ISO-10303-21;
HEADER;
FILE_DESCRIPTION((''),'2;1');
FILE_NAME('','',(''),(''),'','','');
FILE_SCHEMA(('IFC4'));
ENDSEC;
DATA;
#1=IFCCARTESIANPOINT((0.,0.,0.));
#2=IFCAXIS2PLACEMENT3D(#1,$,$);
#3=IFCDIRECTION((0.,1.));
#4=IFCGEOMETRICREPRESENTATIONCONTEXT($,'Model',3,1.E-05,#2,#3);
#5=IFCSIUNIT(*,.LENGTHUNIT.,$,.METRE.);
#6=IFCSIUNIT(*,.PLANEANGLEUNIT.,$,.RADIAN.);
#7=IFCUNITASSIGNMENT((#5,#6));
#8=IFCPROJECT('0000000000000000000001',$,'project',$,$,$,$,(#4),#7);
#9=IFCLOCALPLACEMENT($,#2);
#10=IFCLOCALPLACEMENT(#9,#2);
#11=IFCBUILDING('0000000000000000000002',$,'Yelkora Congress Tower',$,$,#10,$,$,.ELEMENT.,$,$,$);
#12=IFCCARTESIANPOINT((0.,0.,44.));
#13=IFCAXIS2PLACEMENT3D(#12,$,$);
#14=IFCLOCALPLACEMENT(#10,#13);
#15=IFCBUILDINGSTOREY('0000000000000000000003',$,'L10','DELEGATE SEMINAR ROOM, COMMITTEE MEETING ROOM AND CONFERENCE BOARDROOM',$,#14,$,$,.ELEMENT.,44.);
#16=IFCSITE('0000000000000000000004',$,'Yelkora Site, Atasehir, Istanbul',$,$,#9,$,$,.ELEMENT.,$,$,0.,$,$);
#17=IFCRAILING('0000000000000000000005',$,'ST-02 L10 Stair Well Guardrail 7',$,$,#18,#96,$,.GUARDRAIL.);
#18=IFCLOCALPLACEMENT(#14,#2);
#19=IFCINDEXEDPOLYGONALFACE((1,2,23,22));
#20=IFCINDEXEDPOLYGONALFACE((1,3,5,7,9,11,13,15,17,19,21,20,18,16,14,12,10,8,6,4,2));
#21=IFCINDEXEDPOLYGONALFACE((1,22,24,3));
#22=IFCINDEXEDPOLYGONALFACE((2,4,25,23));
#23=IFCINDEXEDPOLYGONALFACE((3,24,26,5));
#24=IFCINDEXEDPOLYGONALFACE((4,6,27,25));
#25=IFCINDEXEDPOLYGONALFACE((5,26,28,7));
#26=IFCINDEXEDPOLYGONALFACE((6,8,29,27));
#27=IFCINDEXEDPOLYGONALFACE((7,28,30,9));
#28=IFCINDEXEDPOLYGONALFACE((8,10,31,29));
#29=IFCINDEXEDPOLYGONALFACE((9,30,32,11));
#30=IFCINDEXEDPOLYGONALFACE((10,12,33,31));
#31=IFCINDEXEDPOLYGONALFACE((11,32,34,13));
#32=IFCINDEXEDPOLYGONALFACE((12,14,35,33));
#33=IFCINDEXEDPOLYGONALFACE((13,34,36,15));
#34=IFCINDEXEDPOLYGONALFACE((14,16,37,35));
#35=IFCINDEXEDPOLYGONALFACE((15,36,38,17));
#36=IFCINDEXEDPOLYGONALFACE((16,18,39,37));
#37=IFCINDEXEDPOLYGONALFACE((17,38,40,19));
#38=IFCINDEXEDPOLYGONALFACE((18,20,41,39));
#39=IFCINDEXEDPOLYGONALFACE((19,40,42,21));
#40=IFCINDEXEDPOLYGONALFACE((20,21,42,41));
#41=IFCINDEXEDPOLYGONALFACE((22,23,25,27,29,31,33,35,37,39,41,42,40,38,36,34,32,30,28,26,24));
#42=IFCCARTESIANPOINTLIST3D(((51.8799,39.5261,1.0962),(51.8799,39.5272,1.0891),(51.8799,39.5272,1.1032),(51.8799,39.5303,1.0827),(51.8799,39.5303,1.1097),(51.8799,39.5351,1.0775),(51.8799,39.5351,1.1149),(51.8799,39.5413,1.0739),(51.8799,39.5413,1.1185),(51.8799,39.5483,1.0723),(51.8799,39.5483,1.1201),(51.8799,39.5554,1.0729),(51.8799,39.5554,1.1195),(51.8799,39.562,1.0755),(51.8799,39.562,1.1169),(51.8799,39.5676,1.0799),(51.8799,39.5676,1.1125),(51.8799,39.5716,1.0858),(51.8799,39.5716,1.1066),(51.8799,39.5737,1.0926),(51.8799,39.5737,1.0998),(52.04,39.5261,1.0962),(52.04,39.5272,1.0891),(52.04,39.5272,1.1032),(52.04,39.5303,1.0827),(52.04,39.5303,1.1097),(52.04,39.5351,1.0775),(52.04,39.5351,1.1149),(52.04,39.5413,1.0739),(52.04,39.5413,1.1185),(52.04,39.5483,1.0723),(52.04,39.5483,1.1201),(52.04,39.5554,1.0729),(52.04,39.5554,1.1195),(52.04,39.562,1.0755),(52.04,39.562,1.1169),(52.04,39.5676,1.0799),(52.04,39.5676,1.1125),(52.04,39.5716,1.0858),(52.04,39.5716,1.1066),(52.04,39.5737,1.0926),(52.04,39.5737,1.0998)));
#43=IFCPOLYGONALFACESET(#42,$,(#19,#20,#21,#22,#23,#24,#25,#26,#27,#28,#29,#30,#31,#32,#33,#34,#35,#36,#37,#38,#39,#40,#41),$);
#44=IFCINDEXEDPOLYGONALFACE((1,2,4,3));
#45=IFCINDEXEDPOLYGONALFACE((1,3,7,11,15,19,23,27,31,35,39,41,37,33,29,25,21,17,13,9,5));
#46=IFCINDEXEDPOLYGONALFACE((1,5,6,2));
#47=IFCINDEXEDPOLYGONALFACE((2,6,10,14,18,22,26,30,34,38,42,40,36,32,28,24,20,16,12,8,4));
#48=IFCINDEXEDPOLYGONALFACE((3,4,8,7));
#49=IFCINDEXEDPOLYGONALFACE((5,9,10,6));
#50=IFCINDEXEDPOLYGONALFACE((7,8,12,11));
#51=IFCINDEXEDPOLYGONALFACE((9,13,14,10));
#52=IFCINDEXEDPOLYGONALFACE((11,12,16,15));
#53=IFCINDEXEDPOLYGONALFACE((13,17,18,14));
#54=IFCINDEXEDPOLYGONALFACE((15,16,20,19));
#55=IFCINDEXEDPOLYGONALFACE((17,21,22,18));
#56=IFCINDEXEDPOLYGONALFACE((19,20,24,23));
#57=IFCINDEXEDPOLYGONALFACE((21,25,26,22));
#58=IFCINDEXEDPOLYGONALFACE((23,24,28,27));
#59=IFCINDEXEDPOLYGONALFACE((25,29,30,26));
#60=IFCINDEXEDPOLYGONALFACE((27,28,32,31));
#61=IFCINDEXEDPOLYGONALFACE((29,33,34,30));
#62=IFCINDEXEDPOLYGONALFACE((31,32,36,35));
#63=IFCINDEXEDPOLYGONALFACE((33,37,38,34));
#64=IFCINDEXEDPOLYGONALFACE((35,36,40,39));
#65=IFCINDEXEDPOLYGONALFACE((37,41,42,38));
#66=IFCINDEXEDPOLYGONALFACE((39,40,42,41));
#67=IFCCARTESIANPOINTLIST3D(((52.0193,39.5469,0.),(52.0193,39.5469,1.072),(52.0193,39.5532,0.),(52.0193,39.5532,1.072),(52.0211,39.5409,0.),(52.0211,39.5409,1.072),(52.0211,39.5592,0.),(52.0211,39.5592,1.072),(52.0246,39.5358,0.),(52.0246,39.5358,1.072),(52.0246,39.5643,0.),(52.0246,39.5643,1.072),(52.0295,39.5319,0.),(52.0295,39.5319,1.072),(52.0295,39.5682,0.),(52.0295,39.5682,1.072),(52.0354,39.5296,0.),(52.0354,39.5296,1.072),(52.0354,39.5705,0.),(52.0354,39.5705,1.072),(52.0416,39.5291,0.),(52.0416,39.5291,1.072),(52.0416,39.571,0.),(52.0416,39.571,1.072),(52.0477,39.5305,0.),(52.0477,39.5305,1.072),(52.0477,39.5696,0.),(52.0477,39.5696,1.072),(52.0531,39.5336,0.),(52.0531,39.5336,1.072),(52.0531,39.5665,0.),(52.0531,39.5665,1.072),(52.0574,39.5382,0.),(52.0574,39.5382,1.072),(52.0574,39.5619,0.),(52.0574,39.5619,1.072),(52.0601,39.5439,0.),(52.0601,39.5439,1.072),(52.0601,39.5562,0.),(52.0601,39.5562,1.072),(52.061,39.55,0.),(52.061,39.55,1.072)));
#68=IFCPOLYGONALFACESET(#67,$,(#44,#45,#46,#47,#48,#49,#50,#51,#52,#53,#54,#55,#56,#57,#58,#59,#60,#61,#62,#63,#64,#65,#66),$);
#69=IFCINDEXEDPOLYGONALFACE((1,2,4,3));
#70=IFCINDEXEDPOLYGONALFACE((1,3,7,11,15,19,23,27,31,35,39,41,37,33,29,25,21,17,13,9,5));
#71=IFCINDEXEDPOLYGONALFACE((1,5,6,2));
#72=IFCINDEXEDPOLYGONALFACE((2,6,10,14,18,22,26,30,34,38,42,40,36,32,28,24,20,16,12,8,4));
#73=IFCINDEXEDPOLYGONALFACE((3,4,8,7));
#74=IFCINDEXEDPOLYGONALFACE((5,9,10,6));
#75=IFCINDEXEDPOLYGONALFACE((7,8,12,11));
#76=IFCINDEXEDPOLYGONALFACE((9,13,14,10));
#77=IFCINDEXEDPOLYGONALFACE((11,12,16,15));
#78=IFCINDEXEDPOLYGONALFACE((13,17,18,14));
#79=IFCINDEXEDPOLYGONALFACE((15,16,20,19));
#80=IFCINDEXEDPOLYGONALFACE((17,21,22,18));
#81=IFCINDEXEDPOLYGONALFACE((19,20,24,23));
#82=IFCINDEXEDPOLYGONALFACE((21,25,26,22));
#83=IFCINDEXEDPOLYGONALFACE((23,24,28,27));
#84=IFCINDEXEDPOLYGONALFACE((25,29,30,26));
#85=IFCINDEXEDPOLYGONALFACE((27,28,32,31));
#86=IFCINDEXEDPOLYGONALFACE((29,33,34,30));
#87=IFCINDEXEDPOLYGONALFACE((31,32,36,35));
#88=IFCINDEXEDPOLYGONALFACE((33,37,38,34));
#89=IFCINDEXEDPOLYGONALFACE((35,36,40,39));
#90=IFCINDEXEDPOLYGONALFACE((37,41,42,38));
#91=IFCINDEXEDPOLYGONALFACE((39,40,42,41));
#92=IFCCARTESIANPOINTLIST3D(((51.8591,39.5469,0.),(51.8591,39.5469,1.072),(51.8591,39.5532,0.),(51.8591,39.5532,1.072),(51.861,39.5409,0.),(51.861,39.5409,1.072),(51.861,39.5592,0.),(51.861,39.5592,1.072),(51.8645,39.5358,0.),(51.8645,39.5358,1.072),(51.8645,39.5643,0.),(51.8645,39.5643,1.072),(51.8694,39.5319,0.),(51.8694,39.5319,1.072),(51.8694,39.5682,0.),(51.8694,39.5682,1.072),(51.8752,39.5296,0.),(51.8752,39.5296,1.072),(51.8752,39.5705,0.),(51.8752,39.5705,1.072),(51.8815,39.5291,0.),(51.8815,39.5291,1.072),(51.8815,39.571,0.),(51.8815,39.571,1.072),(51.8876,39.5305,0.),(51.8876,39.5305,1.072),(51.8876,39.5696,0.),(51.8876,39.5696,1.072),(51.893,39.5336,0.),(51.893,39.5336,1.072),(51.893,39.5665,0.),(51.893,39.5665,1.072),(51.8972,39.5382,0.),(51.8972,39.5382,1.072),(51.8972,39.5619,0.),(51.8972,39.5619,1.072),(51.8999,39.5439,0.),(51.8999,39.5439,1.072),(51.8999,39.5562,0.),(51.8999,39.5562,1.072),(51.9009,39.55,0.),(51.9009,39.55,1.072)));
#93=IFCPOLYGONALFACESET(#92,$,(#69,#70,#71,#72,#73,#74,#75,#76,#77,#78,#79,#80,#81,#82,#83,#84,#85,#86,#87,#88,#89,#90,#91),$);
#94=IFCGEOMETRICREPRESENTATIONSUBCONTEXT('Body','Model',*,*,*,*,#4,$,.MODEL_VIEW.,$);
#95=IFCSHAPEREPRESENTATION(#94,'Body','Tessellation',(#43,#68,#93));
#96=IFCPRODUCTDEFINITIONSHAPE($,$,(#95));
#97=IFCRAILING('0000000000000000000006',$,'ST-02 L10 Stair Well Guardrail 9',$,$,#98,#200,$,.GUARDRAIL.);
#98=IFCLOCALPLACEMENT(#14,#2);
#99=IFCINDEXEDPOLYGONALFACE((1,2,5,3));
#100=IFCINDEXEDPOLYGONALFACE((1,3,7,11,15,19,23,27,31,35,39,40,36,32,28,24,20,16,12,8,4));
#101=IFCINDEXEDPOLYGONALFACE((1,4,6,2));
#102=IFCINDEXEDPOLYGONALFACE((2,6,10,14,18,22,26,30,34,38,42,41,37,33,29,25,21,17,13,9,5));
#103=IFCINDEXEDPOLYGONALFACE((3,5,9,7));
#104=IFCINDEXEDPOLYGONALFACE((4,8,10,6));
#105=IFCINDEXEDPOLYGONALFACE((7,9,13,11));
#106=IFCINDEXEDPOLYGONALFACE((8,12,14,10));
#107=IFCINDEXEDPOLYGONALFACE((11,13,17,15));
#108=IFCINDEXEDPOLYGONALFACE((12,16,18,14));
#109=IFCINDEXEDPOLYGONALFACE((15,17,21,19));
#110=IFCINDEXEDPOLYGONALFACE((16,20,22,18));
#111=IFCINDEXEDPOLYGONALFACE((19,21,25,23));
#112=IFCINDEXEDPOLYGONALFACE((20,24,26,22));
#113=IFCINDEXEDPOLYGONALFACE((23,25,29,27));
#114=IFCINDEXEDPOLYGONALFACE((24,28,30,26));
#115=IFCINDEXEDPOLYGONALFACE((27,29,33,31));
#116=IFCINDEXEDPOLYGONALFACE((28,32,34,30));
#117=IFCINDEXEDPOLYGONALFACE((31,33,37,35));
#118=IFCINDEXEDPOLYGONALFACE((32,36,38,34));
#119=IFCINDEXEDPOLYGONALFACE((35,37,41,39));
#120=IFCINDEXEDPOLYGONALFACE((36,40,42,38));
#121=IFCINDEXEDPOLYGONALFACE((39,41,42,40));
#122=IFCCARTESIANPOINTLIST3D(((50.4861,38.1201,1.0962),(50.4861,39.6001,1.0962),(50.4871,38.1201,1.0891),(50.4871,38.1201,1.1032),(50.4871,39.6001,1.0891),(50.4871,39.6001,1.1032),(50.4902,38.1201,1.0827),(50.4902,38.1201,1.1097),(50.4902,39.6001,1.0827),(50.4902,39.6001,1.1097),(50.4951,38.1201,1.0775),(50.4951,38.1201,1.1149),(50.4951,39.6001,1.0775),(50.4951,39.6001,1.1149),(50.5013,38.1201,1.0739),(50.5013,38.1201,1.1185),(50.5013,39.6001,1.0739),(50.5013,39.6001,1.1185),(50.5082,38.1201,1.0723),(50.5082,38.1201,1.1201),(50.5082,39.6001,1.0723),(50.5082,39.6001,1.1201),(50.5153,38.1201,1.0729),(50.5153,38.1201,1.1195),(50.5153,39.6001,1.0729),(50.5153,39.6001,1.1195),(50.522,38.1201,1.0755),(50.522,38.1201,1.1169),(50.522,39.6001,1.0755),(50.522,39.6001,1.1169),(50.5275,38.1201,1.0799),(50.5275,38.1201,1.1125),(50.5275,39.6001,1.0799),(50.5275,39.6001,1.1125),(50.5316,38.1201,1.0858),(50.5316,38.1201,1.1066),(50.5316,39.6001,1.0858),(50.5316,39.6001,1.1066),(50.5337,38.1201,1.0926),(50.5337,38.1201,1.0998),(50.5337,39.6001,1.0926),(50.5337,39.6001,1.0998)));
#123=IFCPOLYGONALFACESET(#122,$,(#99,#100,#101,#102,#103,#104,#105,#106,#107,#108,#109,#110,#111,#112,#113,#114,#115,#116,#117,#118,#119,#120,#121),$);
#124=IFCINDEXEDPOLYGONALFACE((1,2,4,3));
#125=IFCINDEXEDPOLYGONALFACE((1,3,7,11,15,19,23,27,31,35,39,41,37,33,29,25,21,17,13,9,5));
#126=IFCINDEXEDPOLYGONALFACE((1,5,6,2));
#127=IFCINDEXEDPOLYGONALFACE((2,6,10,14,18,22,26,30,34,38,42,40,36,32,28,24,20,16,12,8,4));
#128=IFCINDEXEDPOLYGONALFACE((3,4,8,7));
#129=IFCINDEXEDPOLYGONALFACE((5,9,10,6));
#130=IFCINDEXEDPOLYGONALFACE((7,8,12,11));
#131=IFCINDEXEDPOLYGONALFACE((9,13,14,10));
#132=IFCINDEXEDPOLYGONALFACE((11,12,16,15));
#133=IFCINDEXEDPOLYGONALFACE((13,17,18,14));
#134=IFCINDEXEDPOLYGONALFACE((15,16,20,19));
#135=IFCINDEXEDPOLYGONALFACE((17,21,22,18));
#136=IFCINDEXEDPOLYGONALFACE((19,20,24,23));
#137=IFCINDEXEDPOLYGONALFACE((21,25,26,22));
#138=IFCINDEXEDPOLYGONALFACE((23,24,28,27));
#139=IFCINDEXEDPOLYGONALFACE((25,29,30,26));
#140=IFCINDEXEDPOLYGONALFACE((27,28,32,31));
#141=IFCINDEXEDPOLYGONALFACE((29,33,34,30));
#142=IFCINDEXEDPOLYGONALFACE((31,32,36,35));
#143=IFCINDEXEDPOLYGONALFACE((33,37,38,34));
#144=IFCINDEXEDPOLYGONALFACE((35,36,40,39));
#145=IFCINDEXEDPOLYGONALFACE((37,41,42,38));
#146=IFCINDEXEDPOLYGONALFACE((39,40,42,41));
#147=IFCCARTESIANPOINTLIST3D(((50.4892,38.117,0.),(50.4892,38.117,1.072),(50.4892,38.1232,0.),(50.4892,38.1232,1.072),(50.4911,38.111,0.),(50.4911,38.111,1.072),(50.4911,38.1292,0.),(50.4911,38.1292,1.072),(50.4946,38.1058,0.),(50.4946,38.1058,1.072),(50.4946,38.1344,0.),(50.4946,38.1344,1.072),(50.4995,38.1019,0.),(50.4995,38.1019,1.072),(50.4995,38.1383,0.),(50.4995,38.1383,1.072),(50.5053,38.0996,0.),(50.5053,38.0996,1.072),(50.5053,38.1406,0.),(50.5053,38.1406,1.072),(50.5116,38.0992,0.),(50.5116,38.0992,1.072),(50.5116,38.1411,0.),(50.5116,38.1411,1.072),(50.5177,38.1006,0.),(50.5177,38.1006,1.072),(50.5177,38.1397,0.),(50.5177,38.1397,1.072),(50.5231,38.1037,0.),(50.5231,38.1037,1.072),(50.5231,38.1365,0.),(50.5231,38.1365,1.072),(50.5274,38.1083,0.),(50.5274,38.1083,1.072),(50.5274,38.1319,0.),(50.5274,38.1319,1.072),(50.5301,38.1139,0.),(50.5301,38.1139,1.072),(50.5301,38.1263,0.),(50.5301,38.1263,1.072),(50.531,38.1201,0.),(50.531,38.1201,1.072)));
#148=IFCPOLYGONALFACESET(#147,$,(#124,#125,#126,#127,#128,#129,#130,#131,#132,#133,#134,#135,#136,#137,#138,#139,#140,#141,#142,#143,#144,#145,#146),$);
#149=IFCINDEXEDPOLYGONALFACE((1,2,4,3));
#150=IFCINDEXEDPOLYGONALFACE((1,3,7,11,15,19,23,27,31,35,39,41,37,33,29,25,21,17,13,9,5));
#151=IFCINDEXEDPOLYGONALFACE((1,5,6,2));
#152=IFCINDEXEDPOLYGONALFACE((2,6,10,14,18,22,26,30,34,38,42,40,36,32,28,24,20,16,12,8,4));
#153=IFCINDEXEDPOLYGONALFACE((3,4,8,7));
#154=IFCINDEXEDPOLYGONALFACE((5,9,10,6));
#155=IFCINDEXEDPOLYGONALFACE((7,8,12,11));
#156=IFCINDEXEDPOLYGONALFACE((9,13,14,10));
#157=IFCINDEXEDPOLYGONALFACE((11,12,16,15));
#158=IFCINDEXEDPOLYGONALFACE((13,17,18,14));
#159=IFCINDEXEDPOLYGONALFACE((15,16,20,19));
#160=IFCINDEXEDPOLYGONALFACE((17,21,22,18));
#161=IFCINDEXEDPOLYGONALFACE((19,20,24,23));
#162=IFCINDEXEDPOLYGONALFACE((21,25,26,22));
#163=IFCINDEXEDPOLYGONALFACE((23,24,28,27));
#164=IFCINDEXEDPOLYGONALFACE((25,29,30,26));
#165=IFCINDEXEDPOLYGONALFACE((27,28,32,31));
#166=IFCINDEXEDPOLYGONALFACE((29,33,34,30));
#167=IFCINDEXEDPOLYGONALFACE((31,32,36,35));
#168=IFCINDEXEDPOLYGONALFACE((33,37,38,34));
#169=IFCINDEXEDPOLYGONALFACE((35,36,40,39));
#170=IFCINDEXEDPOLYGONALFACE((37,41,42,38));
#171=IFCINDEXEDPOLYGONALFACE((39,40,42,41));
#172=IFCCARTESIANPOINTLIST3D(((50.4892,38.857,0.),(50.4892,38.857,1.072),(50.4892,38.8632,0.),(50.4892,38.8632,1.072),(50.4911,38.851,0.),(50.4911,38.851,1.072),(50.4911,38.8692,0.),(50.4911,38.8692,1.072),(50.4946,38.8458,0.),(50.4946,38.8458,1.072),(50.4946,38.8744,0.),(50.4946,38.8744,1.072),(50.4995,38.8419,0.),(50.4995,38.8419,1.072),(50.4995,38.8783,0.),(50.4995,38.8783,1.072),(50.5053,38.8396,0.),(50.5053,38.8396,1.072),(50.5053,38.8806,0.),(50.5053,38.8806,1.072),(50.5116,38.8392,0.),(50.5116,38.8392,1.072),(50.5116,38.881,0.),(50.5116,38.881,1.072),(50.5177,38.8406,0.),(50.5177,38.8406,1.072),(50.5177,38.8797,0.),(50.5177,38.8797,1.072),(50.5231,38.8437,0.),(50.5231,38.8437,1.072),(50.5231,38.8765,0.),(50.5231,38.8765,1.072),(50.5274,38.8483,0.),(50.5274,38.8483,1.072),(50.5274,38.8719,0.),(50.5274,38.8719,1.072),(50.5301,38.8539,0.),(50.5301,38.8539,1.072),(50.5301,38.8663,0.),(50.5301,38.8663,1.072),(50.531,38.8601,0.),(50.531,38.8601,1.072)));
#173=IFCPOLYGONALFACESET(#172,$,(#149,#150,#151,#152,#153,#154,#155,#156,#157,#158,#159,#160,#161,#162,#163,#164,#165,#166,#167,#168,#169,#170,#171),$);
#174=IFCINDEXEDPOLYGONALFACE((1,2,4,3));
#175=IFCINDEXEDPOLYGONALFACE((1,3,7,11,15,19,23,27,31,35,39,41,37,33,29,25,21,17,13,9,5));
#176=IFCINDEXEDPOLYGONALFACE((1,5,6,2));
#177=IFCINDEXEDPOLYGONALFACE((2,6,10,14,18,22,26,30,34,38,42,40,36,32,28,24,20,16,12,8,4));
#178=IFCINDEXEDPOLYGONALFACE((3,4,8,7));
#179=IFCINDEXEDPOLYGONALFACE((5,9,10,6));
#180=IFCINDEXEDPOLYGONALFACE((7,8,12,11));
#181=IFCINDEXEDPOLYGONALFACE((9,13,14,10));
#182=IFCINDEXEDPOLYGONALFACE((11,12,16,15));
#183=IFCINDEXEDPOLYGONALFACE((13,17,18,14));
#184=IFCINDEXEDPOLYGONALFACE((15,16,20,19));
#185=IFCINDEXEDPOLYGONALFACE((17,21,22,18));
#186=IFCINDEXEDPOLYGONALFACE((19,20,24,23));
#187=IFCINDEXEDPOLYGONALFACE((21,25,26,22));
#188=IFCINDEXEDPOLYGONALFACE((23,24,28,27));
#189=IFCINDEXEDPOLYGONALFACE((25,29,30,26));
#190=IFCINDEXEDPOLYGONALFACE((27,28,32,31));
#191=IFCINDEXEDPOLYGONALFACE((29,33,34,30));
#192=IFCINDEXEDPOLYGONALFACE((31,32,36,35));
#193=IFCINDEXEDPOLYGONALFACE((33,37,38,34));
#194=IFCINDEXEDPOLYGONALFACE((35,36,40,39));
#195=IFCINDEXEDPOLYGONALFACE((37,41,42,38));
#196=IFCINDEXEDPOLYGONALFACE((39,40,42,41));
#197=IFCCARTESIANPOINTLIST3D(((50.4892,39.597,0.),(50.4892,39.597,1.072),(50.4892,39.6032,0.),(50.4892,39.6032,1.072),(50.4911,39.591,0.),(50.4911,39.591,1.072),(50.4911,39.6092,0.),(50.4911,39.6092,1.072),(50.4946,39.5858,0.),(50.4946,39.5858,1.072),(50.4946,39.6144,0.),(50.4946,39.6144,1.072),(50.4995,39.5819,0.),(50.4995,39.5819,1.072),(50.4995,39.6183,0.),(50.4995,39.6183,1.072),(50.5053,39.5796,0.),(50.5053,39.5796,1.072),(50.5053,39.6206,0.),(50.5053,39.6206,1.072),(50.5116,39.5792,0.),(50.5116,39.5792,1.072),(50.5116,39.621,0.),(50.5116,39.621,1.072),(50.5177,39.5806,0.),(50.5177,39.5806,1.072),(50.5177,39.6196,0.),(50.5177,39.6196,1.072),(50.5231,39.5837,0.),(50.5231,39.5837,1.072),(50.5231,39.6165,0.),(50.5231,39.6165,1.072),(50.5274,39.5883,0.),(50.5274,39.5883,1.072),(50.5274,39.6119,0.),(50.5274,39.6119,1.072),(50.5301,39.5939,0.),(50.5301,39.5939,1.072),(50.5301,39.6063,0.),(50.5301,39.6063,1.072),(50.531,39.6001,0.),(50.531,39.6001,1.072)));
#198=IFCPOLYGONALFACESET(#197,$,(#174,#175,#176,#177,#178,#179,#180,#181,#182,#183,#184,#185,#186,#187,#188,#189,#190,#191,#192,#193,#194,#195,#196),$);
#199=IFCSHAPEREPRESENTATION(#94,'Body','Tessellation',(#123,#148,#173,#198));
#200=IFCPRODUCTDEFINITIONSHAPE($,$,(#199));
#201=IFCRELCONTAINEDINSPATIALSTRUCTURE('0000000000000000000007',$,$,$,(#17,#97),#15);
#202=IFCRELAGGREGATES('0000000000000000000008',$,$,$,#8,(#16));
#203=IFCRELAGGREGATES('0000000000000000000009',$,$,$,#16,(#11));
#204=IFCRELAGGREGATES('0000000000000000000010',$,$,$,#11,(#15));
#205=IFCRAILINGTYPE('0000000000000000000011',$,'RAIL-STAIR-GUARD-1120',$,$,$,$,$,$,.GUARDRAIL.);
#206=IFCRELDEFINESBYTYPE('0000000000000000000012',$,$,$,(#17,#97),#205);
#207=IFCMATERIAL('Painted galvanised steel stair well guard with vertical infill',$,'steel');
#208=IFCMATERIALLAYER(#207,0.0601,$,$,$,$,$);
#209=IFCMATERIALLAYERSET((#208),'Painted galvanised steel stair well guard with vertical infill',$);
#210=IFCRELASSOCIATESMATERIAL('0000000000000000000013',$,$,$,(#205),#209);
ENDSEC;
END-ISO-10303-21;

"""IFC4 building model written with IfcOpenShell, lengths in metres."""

from ifc_helpers import new_model, si_unit, direction, frame, origin, origin_2d, place, context, subcontext, project, spatial, circle, extrude, material, layer, layer_set, type_object, element, save


model = new_model("IFC4")

# Units and contexts
model_context = context("Model", 3, precision=1e-05, world=origin(), true_north=direction((0.0, 1.0)))
body_context = subcontext(model_context, "Body", "Model", "MODEL_VIEW")
ifc_project = project(units=[si_unit("LENGTHUNIT", "METRE"), si_unit("PLANEANGLEUNIT", "RADIAN")], contexts=[model_context])

# Site, building, storey
site_placement = place(None, origin())
site = spatial("IfcSite", under=ifc_project, at=site_placement, Name="Yelkora Site, Atasehir, Istanbul", CompositionType="ELEMENT", RefElevation=0.0)
building_placement = place(site_placement, origin())
building = spatial("IfcBuilding", under=site, at=building_placement, Name="Yelkora Congress Tower", CompositionType="ELEMENT")
storey_placement = place(building_placement, frame((0.0, 0.0, 44.0)))
storey = spatial("IfcBuildingStorey", under=building, at=storey_placement, Name="L10", Description="DELEGATE SEMINAR ROOM, COMMITTEE MEETING ROOM AND CONFERENCE BOARDROOM", CompositionType="ELEMENT", Elevation=44.0)

# Railings
ifc_material_1 = material(Name="Painted galvanised steel stair well guard with vertical infill", Category="steel")
ifc_layer_1 = layer(ifc_material_1, 0.0601)
ifc_layer_set_1 = layer_set([ifc_layer_1], Name="Painted galvanised steel stair well guard with vertical infill")
railing_type_1 = type_object("IfcRailingType", Name="RAIL-STAIR-GUARD-1120", PredefinedType="GUARDRAIL", material=ifc_layer_set_1)
railing_1_placement = place(storey_placement, frame((52.04, 39.55, 0.0)))
element("IfcRailing", 1, at=railing_1_placement, inside=storey, type_object=railing_type_1, Name="ST-02 L10 Stair Well Guardrail 7", PredefinedType="GUARDRAIL", context=body_context, shape_type="SweptSolid", body=[
    extrude(circle(Radius=0.0239, at=origin_2d()), frame((0.0, 0.0, 1.0962), z_axis=(-1.0, 0.0, 0.0), x_axis=(0.0, -1.0, 0.0)), (0.0, 0.0, 1.0), 0.1602),
    extrude(circle(Radius=0.021, at=origin_2d()), origin(), (0.0, 0.0, 1.0), 1.072),
    extrude(circle(Radius=0.021, at=origin_2d()), frame((-0.1602, 0.0, 0.0)), (0.0, 0.0, 1.0), 1.072),
])
railing_2_placement = place(storey_placement, frame((50.51, 38.1201, 0.0)))
element("IfcRailing", 2, at=railing_2_placement, inside=storey, type_object=railing_type_1, Name="ST-02 L10 Stair Well Guardrail 9", PredefinedType="GUARDRAIL", context=body_context, shape_type="SweptSolid", body=[
    extrude(circle(Radius=0.0239, at=origin_2d()), frame((0.0, 0.0, 1.0962), z_axis=(0.0, 1.0, 0.0), x_axis=(-1.0, 0.0, 0.0)), (0.0, 0.0, 1.0), 1.48),
    extrude(circle(Radius=0.021, at=origin_2d()), origin(), (0.0, 0.0, 1.0), 1.072),
    extrude(circle(Radius=0.021, at=origin_2d()), frame((0.0, 0.74, 0.0)), (0.0, 0.0, 1.0), 1.072),
    extrude(circle(Radius=0.021, at=origin_2d()), frame((0.0, 1.48, 0.0)), (0.0, 0.0, 1.0), 1.072),
])

save(model, "model.ifc")
